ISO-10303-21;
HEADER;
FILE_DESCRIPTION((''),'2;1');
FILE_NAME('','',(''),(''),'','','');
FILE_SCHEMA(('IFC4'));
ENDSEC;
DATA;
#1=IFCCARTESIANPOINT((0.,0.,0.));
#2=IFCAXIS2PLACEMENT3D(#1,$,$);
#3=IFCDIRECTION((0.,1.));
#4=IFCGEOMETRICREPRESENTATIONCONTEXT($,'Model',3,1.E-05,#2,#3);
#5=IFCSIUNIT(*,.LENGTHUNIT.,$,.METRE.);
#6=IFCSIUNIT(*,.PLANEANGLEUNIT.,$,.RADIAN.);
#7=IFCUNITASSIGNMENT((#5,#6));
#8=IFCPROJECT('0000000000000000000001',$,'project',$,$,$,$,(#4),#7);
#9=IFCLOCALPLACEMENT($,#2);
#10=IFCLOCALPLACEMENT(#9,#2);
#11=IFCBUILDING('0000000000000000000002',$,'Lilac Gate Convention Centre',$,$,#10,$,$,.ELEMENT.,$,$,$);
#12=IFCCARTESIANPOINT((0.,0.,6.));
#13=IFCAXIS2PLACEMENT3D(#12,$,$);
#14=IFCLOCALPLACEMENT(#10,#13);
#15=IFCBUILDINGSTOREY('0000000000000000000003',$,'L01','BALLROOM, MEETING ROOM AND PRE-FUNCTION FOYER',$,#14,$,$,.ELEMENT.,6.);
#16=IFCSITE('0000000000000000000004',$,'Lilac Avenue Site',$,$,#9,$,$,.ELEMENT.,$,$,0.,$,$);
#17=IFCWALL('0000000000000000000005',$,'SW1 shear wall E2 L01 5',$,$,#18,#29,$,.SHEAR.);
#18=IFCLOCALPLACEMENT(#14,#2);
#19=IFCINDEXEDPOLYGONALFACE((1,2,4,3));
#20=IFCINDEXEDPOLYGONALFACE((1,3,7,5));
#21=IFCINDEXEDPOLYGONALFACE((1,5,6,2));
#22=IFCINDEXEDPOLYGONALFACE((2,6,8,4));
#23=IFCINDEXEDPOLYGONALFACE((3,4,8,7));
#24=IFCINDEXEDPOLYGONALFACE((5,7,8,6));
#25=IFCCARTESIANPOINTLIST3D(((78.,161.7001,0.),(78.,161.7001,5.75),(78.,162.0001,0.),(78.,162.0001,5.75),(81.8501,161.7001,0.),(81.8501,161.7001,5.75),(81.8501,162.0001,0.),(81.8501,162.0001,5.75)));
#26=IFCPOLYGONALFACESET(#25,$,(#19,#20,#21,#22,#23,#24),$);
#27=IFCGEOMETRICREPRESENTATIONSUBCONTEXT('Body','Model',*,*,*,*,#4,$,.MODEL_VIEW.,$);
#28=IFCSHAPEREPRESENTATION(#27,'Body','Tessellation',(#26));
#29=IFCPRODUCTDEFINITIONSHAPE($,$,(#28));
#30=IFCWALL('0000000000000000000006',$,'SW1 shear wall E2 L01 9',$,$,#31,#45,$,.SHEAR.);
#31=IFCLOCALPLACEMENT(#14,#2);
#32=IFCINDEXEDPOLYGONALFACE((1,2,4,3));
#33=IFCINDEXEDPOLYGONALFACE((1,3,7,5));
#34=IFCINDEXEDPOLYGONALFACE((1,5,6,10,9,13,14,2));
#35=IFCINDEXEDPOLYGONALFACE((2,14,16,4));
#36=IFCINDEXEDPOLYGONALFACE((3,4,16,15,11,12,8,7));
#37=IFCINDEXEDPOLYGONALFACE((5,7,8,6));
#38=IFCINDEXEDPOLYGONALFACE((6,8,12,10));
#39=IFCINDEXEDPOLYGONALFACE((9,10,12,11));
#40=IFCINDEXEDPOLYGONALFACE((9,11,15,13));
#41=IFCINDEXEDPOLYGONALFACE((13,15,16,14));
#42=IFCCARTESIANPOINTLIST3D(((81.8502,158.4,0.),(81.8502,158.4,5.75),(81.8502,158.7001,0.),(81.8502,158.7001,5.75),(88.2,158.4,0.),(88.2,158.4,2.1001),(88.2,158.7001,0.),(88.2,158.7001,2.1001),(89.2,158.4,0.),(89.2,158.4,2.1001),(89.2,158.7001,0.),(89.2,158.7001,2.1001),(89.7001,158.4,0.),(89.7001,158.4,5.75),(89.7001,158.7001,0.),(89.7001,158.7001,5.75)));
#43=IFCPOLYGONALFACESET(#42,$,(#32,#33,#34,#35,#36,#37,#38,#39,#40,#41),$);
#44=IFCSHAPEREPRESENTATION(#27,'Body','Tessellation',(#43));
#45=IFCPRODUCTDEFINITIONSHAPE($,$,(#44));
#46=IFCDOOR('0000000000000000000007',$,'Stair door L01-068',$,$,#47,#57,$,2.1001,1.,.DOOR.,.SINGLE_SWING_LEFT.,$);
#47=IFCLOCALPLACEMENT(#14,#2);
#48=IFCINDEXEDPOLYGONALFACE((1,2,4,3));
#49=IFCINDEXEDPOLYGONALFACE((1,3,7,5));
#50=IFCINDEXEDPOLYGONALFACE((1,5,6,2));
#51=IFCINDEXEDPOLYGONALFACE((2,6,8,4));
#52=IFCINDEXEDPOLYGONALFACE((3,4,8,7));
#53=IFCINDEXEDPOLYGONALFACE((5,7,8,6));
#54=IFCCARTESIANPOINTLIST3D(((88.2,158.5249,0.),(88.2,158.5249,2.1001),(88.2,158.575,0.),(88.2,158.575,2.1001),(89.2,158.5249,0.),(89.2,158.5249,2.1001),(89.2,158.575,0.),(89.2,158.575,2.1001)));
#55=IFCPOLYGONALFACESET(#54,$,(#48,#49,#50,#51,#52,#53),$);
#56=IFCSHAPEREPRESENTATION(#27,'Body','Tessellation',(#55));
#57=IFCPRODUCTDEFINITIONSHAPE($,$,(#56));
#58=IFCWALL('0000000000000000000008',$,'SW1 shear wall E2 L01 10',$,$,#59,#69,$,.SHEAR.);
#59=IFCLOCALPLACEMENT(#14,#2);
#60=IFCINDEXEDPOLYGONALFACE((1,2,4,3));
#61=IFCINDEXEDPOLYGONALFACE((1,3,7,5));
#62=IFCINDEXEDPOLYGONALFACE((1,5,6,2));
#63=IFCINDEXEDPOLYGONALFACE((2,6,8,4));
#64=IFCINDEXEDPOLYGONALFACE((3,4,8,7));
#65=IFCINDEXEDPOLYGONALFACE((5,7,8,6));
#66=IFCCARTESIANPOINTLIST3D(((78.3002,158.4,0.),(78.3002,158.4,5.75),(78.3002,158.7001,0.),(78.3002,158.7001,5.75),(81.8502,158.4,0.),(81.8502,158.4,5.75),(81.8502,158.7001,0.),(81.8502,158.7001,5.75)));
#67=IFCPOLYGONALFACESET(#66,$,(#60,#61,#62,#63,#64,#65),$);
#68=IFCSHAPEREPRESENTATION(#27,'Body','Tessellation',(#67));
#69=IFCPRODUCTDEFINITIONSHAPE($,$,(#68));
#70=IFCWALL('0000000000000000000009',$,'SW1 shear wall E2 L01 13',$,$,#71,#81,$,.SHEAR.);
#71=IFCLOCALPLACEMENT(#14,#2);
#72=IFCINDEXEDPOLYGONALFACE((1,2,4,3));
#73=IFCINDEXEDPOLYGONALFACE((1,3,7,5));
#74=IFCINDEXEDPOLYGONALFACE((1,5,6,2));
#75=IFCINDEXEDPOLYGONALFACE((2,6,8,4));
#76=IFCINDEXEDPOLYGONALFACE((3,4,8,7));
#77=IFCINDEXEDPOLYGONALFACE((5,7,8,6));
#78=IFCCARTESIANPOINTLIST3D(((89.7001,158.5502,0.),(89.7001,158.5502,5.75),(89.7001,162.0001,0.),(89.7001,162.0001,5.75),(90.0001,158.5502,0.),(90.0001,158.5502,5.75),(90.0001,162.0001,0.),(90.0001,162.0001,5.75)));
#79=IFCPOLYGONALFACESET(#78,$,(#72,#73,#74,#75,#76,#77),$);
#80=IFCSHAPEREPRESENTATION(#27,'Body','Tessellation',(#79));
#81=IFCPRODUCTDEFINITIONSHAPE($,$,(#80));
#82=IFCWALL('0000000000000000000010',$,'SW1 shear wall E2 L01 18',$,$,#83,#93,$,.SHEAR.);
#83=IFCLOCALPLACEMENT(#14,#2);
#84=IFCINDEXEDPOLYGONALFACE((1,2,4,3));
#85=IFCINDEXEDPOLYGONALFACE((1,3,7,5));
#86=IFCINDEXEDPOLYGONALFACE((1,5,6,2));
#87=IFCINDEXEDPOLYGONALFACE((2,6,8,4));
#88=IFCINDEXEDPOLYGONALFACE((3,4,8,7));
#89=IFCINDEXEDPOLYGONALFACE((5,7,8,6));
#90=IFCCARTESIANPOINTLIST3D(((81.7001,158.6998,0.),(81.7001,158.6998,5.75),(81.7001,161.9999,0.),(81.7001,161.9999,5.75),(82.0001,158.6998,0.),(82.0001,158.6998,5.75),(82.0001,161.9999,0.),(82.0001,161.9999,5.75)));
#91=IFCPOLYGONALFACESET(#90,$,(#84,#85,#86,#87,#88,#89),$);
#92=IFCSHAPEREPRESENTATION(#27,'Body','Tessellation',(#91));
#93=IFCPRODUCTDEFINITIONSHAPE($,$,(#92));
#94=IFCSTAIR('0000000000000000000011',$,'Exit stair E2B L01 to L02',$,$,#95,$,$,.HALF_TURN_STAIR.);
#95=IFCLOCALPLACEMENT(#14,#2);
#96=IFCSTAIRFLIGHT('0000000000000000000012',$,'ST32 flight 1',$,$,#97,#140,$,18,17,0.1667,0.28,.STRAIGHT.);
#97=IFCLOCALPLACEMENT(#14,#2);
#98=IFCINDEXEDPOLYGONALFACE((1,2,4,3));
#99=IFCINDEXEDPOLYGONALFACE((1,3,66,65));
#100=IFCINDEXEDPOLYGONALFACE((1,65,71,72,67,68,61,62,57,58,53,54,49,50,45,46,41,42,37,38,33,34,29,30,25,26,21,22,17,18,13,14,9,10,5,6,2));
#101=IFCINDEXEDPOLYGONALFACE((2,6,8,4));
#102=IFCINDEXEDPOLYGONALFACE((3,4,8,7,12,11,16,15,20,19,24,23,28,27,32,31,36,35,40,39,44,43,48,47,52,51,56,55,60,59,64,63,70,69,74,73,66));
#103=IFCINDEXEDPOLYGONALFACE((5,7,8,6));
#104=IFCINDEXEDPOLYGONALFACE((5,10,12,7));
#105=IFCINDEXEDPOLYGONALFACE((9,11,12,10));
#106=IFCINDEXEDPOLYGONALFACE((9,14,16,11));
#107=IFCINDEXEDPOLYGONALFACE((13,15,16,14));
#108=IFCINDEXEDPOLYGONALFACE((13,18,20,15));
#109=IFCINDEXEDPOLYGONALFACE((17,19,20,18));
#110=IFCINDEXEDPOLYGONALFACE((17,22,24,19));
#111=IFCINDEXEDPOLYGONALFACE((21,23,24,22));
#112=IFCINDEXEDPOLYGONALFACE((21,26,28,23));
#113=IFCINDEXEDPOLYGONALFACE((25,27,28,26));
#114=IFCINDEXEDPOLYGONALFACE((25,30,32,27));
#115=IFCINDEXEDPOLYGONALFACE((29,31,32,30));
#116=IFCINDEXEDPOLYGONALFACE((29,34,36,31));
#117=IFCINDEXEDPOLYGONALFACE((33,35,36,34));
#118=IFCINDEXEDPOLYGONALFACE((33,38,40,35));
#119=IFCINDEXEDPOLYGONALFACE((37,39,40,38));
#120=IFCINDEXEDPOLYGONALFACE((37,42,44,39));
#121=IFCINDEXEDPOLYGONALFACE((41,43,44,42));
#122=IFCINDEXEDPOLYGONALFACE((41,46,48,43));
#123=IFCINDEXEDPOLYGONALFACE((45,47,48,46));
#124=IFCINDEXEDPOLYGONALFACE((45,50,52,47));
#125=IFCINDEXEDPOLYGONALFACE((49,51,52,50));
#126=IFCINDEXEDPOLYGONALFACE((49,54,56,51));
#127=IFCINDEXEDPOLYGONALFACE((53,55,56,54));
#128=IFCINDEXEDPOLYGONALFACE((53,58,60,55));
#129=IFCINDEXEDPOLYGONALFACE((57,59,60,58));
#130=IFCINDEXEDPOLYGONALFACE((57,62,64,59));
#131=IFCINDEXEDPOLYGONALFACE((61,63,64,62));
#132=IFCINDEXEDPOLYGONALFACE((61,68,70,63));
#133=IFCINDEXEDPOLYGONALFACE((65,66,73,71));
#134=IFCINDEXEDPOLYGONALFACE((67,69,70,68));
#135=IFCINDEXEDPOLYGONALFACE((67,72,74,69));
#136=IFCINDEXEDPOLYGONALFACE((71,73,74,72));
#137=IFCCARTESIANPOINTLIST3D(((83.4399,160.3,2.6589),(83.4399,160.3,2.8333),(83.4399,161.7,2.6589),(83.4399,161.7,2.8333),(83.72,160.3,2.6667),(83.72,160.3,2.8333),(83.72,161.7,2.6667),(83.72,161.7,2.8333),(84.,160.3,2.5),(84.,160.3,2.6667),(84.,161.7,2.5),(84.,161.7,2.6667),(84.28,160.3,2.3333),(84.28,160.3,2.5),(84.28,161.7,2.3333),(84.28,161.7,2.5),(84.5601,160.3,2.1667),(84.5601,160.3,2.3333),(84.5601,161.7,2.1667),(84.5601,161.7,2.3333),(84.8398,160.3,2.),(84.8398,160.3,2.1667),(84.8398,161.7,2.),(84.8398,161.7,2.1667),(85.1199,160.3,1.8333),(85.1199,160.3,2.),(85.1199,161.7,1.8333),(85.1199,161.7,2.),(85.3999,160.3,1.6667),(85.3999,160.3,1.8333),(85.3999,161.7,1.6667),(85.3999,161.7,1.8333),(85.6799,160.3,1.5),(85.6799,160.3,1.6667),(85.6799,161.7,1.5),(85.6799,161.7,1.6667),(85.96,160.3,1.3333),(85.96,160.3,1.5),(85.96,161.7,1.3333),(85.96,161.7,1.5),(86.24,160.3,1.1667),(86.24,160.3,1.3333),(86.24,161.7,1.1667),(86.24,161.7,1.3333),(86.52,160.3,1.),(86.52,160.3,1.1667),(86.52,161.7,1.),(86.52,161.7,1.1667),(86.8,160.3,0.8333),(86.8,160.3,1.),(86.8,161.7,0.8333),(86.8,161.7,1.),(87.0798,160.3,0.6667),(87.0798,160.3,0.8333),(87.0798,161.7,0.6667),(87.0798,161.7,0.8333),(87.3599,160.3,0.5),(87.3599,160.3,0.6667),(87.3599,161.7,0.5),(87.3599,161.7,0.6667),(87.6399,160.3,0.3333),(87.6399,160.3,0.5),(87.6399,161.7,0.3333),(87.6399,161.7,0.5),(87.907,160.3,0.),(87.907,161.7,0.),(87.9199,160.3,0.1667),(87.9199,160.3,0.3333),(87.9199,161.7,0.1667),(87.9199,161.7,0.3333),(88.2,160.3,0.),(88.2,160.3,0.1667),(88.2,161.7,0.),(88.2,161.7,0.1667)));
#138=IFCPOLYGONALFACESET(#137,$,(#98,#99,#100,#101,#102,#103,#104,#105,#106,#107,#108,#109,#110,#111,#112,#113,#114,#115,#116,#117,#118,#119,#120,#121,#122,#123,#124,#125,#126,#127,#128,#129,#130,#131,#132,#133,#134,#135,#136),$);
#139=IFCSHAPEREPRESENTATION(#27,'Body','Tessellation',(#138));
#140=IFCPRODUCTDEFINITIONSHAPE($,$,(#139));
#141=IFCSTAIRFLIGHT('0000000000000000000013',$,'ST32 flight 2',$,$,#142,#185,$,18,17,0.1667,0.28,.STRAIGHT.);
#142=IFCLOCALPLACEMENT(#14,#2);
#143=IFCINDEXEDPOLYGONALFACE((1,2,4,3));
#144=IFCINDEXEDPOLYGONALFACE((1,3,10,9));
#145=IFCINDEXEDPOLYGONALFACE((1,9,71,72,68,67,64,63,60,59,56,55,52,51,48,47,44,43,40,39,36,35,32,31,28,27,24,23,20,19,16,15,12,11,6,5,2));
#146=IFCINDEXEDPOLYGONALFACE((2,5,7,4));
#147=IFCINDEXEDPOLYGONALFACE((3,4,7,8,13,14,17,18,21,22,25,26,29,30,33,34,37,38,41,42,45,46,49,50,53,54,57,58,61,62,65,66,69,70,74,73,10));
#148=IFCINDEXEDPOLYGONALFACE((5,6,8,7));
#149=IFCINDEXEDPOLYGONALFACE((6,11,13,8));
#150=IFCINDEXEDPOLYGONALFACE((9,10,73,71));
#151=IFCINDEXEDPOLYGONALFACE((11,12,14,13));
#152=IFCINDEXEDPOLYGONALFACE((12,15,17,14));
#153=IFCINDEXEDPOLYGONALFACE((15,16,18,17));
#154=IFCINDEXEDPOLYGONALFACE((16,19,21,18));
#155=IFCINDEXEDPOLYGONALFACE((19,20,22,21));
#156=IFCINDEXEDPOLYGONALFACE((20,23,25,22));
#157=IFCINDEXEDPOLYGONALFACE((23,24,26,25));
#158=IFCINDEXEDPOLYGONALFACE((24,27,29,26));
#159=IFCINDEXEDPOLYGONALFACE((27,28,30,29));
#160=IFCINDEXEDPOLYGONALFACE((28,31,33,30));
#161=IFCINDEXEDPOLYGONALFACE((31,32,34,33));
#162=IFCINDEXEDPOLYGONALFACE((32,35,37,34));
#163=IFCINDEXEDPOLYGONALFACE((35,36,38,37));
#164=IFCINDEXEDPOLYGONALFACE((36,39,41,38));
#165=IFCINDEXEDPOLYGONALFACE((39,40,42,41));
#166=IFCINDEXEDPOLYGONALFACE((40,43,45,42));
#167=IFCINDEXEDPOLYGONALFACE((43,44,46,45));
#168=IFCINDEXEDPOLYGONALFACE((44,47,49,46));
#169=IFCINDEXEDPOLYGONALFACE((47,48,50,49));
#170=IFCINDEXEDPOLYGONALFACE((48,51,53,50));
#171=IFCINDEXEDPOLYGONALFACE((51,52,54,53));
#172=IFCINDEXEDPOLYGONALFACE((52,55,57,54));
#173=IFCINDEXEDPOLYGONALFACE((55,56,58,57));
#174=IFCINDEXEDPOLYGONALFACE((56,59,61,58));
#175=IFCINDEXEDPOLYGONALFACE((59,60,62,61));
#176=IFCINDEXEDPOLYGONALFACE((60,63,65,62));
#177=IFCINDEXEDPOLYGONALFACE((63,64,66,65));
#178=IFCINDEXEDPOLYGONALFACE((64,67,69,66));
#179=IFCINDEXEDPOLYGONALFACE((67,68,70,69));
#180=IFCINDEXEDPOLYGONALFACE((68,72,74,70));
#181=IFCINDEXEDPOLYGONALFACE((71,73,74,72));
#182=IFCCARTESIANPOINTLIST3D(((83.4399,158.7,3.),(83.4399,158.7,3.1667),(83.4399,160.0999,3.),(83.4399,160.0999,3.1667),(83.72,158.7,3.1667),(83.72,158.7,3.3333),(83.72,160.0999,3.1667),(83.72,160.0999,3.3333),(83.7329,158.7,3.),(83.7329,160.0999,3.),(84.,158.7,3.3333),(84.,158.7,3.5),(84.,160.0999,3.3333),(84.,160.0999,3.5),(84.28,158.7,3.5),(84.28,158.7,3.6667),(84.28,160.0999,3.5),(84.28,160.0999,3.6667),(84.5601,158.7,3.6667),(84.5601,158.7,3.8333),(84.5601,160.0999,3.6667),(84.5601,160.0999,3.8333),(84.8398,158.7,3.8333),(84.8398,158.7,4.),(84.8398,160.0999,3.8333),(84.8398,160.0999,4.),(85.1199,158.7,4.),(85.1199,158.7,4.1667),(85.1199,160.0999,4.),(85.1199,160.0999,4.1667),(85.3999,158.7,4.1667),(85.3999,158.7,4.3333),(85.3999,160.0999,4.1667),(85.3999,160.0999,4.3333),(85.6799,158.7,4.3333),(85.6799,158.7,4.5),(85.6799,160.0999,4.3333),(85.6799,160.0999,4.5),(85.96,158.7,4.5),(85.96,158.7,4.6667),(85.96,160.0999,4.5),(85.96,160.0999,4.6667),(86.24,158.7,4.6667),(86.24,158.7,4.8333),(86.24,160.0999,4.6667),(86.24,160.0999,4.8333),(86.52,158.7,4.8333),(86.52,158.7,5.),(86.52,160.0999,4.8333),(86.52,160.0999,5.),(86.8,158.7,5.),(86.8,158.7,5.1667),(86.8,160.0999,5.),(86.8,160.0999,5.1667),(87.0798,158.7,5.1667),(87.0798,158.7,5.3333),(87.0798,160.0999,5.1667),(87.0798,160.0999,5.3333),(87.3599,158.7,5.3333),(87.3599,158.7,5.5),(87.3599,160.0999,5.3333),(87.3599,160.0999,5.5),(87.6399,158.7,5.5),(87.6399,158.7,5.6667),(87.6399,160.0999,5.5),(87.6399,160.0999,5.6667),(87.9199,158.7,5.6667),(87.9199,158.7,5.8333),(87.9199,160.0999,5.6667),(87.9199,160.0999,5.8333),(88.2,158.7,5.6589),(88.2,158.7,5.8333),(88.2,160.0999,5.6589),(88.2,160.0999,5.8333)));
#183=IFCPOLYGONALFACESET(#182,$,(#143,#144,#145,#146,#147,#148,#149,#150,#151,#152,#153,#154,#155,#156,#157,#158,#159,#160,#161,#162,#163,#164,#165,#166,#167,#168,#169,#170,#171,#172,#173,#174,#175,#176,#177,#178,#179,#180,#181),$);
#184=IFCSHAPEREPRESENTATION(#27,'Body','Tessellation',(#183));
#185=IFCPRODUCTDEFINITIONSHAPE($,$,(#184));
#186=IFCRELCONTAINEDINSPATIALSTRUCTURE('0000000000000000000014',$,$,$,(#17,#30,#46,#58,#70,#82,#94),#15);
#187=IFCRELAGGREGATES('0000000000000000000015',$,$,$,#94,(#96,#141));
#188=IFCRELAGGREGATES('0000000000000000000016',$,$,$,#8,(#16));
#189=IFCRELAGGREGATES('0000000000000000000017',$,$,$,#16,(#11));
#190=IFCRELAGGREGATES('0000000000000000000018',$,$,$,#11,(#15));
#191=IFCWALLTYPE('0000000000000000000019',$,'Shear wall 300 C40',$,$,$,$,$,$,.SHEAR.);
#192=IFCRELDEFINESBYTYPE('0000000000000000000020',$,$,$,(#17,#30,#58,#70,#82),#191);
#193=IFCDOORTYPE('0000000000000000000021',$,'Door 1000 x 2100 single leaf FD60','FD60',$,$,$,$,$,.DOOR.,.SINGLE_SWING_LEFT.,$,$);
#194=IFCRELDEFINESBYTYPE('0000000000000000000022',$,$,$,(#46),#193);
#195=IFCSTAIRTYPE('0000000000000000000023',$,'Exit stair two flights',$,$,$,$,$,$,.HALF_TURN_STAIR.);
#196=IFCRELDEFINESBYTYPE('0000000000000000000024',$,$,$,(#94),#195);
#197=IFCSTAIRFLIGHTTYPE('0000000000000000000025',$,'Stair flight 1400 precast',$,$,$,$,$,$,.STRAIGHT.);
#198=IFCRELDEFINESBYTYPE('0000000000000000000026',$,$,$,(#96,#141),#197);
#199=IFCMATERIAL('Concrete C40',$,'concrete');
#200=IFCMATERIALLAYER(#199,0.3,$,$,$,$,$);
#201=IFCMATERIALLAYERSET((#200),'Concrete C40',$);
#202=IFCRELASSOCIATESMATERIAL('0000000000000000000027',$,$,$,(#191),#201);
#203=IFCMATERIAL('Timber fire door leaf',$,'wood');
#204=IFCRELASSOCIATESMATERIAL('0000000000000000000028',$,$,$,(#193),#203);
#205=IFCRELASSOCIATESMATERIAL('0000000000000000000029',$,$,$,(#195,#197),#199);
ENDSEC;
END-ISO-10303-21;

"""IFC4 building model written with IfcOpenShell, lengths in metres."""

from ifc_helpers import new_model, si_unit, direction, frame, frame_2d, origin, place, context, subcontext, project, spatial, polyline, rectangle, outline, extrude, material, layer, layer_set, type_object, element, fill, aggregate, save


model = new_model("IFC4")

# Units and contexts
model_context = context("Model", 3, precision=1e-05, world=origin(), true_north=direction((0.0, 1.0)))
body_context = subcontext(model_context, "Body", "Model", "MODEL_VIEW")
ifc_project = project(units=[si_unit("LENGTHUNIT", "METRE"), si_unit("PLANEANGLEUNIT", "RADIAN")], contexts=[model_context])

# Site, building, storey
site_placement = place(None, origin())
site = spatial("IfcSite", under=ifc_project, at=site_placement, Name="Lilac Avenue Site", CompositionType="ELEMENT", RefElevation=0.0)
building_placement = place(site_placement, origin())
building = spatial("IfcBuilding", under=site, at=building_placement, Name="Lilac Gate Convention Centre", CompositionType="ELEMENT")
storey_placement = place(building_placement, frame((0.0, 0.0, 6.0)))
storey = spatial("IfcBuildingStorey", under=building, at=storey_placement, Name="L01", Description="BALLROOM, MEETING ROOM AND PRE-FUNCTION FOYER", CompositionType="ELEMENT", Elevation=6.0)

# Shared definitions
ifc_material_1 = material(Name="Concrete C40", Category="concrete")

# Shared definitions
ifc_material_2 = material(Name="Timber fire door leaf", Category="wood")

# Shared definitions
ifc_layer_1 = layer(ifc_material_1, 0.3)
ifc_layer_set_1 = layer_set([ifc_layer_1], Name="Concrete C40")
wall_type_1 = type_object("IfcWallType", Name="Shear wall 300 C40", PredefinedType="SHEAR", material=ifc_layer_set_1)

# Wall
wall_1_placement = place(storey_placement, frame((81.8501, 161.8501, 0.0), z_axis=(0.0, 0.0, 1.0), x_axis=(-1.0, 0.0, 0.0)))
element("IfcWall", 1, at=wall_1_placement, inside=storey, type_object=wall_type_1, Name="SW1 shear wall E2 L01 5", PredefinedType="SHEAR", context=body_context, shape_type="SweptSolid", body=[
    extrude(rectangle(XDim=3.8501, YDim=0.3, at=frame_2d((1.925, 0.0))), origin(), (0.0, 0.0, 1.0), 5.75),
])

# Wall, opening, door
wall_2_placement = place(storey_placement, frame((89.7, 158.55, 0.0), z_axis=(0.0, 0.0, 1.0), x_axis=(-1.0, 0.0, 0.0)))
wall_2 = element("IfcWall", 2, at=wall_2_placement, inside=storey, type_object=wall_type_1, Name="SW1 shear wall E2 L01 9", PredefinedType="SHEAR", context=body_context, shape_type="SweptSolid", body=[
    extrude(rectangle(XDim=7.8499, YDim=0.3, at=frame_2d((3.9248, 0.0))), origin(), (0.0, 0.0, 1.0), 5.75),
])
opening_1_placement = place(wall_2_placement, frame((0.5, 0.0, 0.0)))
opening_1 = element("IfcOpeningElement", 3, at=opening_1_placement, cuts=wall_2, PredefinedType="OPENING", context=body_context, shape_type="SweptSolid", body=[
    extrude(rectangle(XDim=1.0, YDim=2.1001, at=frame_2d((0.5, 1.05))), frame((0.0, 0.1599, 0.0), z_axis=(0.0, -1.0, 0.0), x_axis=(1.0, 0.0, 0.0)), (0.0, 0.0, 1.0), 0.3201),
])
door_type_1 = type_object("IfcDoorType", Name="Door 1000 x 2100 single leaf FD60", Description="FD60", OperationType="SINGLE_SWING_LEFT", PredefinedType="DOOR", material=ifc_material_2)
door_1_placement = place(opening_1_placement, frame((1.0, 0.0, 0.0), z_axis=(0.0, 0.0, 1.0), x_axis=(-1.0, 0.0, 0.0)))
door_1 = element("IfcDoor", 4, at=door_1_placement, inside=storey, type_object=door_type_1, Name="Stair door L01-068", OperationType="SINGLE_SWING_LEFT", OverallHeight=2.1001, OverallWidth=1.0, PredefinedType="DOOR", context=body_context, shape_type="SweptSolid", body=[
    extrude(rectangle(XDim=1.0, YDim=2.1001, at=frame_2d((0.5, 1.05))), frame((0.0, 0.0249, 0.0), z_axis=(0.0, -1.0, 0.0), x_axis=(1.0, 0.0, 0.0)), (0.0, 0.0, 1.0), 0.05),
])
fill(opening_1, door_1)

# Walls
wall_3_placement = place(storey_placement, frame((81.8501, 158.55, 0.0), z_axis=(0.0, 0.0, 1.0), x_axis=(-1.0, 0.0, 0.0)))
element("IfcWall", 5, at=wall_3_placement, inside=storey, type_object=wall_type_1, Name="SW1 shear wall E2 L01 10", PredefinedType="SHEAR", context=body_context, shape_type="SweptSolid", body=[
    extrude(rectangle(XDim=3.55, YDim=0.3, at=frame_2d((1.7749, 0.0))), origin(), (0.0, 0.0, 1.0), 5.75),
])
wall_4_placement = place(storey_placement, frame((89.8501, 158.55, 0.0), z_axis=(0.0, 0.0, 1.0), x_axis=(0.0, 1.0, 0.0)))
element("IfcWall", 6, at=wall_4_placement, inside=storey, type_object=wall_type_1, Name="SW1 shear wall E2 L01 13", PredefinedType="SHEAR", context=body_context, shape_type="SweptSolid", body=[
    extrude(rectangle(XDim=3.45, YDim=0.3, at=frame_2d((1.7251, 0.0))), origin(), (0.0, 0.0, 1.0), 5.75),
])
wall_5_placement = place(storey_placement, frame((81.8501, 158.7, 0.0), z_axis=(0.0, 0.0, 1.0), x_axis=(0.0, 1.0, 0.0)))
element("IfcWall", 7, at=wall_5_placement, inside=storey, type_object=wall_type_1, Name="SW1 shear wall E2 L01 18", PredefinedType="SHEAR", context=body_context, shape_type="SweptSolid", body=[
    extrude(rectangle(XDim=3.3, YDim=0.3, at=frame_2d((1.6499, 0.0))), origin(), (0.0, 0.0, 1.0), 5.75),
])

# Stair, stair flights
stair_type = type_object("IfcStairType", Name="Exit stair two flights", PredefinedType="HALF_TURN_STAIR", material=ifc_material_1)
stair_placement = place(storey_placement, origin())
stair = element("IfcStair", 8, at=stair_placement, inside=storey, type_object=stair_type, Name="Exit stair E2B L01 to L02", PredefinedType="HALF_TURN_STAIR")
stair_flight_type = type_object("IfcStairFlightType", Name="Stair flight 1400 precast", PredefinedType="STRAIGHT", material=ifc_material_1)
stair_flight_1_placement = place(storey_placement, frame((88.2, 161.0, 0.0), z_axis=(0.0, 0.0, 1.0), x_axis=(-1.0, 0.0, 0.0)))
stair_flight_1 = element("IfcStairFlight", 9, at=stair_flight_1_placement, type_object=stair_flight_type, Name="ST32 flight 1", NumberOfRisers=18, NumberOfTreads=17, PredefinedType="STRAIGHT", RiserHeight=0.1667, TreadLength=0.28, context=body_context, shape_type="SweptSolid", body=[
    extrude(outline(polyline([(0.0, 0.0), (0.0, 0.1667), (0.28, 0.1667), (0.28, 0.3333), (0.5601, 0.3333), (0.5601, 0.5), (0.8401, 0.5), (0.8401, 0.6667), (1.1201, 0.6667), (1.1201, 0.8333), (1.3999, 0.8333), (1.3999, 1.0), (1.6799, 1.0), (1.6799, 1.1667), (1.96, 1.1667), (1.96, 1.3333), (2.24, 1.3333), (2.24, 1.5), (2.52, 1.5), (2.52, 1.6667), (2.8, 1.6667), (2.8, 1.8333), (3.0801, 1.8333), (3.0801, 2.0), (3.3601, 2.0), (3.3601, 2.1667), (3.6399, 2.1667), (3.6399, 2.3333), (3.9199, 2.3333), (3.9199, 2.5), (4.2, 2.5), (4.2, 2.6667), (4.48, 2.6667), (4.48, 2.8333), (4.76, 2.8333), (4.76, 3.0), (4.76, 2.6589), (0.293, 0.0), (0.0, 0.0)])), frame((0.0, 0.7, 0.0), z_axis=(0.0, -1.0, 0.0), x_axis=(1.0, 0.0, 0.0)), (0.0, 0.0, 1.0), 1.3999),
])
stair_flight_2_placement = place(storey_placement, frame((83.4399, 159.3999, 3.0), z_axis=(0.0, 0.0, 1.0), x_axis=(1.0, 0.0, 0.0)))
stair_flight_2 = element("IfcStairFlight", 10, at=stair_flight_2_placement, type_object=stair_flight_type, Name="ST32 flight 2", NumberOfRisers=18, NumberOfTreads=17, PredefinedType="STRAIGHT", RiserHeight=0.1667, TreadLength=0.28, context=body_context, shape_type="SweptSolid", body=[
    extrude(outline(polyline([(0.0, 0.0), (0.0, 0.1667), (0.28, 0.1667), (0.28, 0.3333), (0.5601, 0.3333), (0.5601, 0.5), (0.8401, 0.5), (0.8401, 0.6667), (1.1201, 0.6667), (1.1201, 0.8333), (1.3999, 0.8333), (1.3999, 1.0), (1.6799, 1.0), (1.6799, 1.1667), (1.96, 1.1667), (1.96, 1.3333), (2.24, 1.3333), (2.24, 1.5), (2.52, 1.5), (2.52, 1.6667), (2.8, 1.6667), (2.8, 1.8333), (3.0801, 1.8333), (3.0801, 2.0), (3.3601, 2.0), (3.3601, 2.1667), (3.6399, 2.1667), (3.6399, 2.3333), (3.9199, 2.3333), (3.9199, 2.5), (4.2, 2.5), (4.2, 2.6667), (4.48, 2.6667), (4.48, 2.8333), (4.76, 2.8333), (4.76, 3.0), (4.76, 2.6589), (0.293, 0.0), (0.0, 0.0)])), frame((0.0, 0.7, 0.0), z_axis=(0.0, -1.0, 0.0), x_axis=(1.0, 0.0, 0.0)), (0.0, 0.0, 1.0), 1.3999),
])
aggregate(stair, [stair_flight_1, stair_flight_2])

save(model, "model.ifc")
